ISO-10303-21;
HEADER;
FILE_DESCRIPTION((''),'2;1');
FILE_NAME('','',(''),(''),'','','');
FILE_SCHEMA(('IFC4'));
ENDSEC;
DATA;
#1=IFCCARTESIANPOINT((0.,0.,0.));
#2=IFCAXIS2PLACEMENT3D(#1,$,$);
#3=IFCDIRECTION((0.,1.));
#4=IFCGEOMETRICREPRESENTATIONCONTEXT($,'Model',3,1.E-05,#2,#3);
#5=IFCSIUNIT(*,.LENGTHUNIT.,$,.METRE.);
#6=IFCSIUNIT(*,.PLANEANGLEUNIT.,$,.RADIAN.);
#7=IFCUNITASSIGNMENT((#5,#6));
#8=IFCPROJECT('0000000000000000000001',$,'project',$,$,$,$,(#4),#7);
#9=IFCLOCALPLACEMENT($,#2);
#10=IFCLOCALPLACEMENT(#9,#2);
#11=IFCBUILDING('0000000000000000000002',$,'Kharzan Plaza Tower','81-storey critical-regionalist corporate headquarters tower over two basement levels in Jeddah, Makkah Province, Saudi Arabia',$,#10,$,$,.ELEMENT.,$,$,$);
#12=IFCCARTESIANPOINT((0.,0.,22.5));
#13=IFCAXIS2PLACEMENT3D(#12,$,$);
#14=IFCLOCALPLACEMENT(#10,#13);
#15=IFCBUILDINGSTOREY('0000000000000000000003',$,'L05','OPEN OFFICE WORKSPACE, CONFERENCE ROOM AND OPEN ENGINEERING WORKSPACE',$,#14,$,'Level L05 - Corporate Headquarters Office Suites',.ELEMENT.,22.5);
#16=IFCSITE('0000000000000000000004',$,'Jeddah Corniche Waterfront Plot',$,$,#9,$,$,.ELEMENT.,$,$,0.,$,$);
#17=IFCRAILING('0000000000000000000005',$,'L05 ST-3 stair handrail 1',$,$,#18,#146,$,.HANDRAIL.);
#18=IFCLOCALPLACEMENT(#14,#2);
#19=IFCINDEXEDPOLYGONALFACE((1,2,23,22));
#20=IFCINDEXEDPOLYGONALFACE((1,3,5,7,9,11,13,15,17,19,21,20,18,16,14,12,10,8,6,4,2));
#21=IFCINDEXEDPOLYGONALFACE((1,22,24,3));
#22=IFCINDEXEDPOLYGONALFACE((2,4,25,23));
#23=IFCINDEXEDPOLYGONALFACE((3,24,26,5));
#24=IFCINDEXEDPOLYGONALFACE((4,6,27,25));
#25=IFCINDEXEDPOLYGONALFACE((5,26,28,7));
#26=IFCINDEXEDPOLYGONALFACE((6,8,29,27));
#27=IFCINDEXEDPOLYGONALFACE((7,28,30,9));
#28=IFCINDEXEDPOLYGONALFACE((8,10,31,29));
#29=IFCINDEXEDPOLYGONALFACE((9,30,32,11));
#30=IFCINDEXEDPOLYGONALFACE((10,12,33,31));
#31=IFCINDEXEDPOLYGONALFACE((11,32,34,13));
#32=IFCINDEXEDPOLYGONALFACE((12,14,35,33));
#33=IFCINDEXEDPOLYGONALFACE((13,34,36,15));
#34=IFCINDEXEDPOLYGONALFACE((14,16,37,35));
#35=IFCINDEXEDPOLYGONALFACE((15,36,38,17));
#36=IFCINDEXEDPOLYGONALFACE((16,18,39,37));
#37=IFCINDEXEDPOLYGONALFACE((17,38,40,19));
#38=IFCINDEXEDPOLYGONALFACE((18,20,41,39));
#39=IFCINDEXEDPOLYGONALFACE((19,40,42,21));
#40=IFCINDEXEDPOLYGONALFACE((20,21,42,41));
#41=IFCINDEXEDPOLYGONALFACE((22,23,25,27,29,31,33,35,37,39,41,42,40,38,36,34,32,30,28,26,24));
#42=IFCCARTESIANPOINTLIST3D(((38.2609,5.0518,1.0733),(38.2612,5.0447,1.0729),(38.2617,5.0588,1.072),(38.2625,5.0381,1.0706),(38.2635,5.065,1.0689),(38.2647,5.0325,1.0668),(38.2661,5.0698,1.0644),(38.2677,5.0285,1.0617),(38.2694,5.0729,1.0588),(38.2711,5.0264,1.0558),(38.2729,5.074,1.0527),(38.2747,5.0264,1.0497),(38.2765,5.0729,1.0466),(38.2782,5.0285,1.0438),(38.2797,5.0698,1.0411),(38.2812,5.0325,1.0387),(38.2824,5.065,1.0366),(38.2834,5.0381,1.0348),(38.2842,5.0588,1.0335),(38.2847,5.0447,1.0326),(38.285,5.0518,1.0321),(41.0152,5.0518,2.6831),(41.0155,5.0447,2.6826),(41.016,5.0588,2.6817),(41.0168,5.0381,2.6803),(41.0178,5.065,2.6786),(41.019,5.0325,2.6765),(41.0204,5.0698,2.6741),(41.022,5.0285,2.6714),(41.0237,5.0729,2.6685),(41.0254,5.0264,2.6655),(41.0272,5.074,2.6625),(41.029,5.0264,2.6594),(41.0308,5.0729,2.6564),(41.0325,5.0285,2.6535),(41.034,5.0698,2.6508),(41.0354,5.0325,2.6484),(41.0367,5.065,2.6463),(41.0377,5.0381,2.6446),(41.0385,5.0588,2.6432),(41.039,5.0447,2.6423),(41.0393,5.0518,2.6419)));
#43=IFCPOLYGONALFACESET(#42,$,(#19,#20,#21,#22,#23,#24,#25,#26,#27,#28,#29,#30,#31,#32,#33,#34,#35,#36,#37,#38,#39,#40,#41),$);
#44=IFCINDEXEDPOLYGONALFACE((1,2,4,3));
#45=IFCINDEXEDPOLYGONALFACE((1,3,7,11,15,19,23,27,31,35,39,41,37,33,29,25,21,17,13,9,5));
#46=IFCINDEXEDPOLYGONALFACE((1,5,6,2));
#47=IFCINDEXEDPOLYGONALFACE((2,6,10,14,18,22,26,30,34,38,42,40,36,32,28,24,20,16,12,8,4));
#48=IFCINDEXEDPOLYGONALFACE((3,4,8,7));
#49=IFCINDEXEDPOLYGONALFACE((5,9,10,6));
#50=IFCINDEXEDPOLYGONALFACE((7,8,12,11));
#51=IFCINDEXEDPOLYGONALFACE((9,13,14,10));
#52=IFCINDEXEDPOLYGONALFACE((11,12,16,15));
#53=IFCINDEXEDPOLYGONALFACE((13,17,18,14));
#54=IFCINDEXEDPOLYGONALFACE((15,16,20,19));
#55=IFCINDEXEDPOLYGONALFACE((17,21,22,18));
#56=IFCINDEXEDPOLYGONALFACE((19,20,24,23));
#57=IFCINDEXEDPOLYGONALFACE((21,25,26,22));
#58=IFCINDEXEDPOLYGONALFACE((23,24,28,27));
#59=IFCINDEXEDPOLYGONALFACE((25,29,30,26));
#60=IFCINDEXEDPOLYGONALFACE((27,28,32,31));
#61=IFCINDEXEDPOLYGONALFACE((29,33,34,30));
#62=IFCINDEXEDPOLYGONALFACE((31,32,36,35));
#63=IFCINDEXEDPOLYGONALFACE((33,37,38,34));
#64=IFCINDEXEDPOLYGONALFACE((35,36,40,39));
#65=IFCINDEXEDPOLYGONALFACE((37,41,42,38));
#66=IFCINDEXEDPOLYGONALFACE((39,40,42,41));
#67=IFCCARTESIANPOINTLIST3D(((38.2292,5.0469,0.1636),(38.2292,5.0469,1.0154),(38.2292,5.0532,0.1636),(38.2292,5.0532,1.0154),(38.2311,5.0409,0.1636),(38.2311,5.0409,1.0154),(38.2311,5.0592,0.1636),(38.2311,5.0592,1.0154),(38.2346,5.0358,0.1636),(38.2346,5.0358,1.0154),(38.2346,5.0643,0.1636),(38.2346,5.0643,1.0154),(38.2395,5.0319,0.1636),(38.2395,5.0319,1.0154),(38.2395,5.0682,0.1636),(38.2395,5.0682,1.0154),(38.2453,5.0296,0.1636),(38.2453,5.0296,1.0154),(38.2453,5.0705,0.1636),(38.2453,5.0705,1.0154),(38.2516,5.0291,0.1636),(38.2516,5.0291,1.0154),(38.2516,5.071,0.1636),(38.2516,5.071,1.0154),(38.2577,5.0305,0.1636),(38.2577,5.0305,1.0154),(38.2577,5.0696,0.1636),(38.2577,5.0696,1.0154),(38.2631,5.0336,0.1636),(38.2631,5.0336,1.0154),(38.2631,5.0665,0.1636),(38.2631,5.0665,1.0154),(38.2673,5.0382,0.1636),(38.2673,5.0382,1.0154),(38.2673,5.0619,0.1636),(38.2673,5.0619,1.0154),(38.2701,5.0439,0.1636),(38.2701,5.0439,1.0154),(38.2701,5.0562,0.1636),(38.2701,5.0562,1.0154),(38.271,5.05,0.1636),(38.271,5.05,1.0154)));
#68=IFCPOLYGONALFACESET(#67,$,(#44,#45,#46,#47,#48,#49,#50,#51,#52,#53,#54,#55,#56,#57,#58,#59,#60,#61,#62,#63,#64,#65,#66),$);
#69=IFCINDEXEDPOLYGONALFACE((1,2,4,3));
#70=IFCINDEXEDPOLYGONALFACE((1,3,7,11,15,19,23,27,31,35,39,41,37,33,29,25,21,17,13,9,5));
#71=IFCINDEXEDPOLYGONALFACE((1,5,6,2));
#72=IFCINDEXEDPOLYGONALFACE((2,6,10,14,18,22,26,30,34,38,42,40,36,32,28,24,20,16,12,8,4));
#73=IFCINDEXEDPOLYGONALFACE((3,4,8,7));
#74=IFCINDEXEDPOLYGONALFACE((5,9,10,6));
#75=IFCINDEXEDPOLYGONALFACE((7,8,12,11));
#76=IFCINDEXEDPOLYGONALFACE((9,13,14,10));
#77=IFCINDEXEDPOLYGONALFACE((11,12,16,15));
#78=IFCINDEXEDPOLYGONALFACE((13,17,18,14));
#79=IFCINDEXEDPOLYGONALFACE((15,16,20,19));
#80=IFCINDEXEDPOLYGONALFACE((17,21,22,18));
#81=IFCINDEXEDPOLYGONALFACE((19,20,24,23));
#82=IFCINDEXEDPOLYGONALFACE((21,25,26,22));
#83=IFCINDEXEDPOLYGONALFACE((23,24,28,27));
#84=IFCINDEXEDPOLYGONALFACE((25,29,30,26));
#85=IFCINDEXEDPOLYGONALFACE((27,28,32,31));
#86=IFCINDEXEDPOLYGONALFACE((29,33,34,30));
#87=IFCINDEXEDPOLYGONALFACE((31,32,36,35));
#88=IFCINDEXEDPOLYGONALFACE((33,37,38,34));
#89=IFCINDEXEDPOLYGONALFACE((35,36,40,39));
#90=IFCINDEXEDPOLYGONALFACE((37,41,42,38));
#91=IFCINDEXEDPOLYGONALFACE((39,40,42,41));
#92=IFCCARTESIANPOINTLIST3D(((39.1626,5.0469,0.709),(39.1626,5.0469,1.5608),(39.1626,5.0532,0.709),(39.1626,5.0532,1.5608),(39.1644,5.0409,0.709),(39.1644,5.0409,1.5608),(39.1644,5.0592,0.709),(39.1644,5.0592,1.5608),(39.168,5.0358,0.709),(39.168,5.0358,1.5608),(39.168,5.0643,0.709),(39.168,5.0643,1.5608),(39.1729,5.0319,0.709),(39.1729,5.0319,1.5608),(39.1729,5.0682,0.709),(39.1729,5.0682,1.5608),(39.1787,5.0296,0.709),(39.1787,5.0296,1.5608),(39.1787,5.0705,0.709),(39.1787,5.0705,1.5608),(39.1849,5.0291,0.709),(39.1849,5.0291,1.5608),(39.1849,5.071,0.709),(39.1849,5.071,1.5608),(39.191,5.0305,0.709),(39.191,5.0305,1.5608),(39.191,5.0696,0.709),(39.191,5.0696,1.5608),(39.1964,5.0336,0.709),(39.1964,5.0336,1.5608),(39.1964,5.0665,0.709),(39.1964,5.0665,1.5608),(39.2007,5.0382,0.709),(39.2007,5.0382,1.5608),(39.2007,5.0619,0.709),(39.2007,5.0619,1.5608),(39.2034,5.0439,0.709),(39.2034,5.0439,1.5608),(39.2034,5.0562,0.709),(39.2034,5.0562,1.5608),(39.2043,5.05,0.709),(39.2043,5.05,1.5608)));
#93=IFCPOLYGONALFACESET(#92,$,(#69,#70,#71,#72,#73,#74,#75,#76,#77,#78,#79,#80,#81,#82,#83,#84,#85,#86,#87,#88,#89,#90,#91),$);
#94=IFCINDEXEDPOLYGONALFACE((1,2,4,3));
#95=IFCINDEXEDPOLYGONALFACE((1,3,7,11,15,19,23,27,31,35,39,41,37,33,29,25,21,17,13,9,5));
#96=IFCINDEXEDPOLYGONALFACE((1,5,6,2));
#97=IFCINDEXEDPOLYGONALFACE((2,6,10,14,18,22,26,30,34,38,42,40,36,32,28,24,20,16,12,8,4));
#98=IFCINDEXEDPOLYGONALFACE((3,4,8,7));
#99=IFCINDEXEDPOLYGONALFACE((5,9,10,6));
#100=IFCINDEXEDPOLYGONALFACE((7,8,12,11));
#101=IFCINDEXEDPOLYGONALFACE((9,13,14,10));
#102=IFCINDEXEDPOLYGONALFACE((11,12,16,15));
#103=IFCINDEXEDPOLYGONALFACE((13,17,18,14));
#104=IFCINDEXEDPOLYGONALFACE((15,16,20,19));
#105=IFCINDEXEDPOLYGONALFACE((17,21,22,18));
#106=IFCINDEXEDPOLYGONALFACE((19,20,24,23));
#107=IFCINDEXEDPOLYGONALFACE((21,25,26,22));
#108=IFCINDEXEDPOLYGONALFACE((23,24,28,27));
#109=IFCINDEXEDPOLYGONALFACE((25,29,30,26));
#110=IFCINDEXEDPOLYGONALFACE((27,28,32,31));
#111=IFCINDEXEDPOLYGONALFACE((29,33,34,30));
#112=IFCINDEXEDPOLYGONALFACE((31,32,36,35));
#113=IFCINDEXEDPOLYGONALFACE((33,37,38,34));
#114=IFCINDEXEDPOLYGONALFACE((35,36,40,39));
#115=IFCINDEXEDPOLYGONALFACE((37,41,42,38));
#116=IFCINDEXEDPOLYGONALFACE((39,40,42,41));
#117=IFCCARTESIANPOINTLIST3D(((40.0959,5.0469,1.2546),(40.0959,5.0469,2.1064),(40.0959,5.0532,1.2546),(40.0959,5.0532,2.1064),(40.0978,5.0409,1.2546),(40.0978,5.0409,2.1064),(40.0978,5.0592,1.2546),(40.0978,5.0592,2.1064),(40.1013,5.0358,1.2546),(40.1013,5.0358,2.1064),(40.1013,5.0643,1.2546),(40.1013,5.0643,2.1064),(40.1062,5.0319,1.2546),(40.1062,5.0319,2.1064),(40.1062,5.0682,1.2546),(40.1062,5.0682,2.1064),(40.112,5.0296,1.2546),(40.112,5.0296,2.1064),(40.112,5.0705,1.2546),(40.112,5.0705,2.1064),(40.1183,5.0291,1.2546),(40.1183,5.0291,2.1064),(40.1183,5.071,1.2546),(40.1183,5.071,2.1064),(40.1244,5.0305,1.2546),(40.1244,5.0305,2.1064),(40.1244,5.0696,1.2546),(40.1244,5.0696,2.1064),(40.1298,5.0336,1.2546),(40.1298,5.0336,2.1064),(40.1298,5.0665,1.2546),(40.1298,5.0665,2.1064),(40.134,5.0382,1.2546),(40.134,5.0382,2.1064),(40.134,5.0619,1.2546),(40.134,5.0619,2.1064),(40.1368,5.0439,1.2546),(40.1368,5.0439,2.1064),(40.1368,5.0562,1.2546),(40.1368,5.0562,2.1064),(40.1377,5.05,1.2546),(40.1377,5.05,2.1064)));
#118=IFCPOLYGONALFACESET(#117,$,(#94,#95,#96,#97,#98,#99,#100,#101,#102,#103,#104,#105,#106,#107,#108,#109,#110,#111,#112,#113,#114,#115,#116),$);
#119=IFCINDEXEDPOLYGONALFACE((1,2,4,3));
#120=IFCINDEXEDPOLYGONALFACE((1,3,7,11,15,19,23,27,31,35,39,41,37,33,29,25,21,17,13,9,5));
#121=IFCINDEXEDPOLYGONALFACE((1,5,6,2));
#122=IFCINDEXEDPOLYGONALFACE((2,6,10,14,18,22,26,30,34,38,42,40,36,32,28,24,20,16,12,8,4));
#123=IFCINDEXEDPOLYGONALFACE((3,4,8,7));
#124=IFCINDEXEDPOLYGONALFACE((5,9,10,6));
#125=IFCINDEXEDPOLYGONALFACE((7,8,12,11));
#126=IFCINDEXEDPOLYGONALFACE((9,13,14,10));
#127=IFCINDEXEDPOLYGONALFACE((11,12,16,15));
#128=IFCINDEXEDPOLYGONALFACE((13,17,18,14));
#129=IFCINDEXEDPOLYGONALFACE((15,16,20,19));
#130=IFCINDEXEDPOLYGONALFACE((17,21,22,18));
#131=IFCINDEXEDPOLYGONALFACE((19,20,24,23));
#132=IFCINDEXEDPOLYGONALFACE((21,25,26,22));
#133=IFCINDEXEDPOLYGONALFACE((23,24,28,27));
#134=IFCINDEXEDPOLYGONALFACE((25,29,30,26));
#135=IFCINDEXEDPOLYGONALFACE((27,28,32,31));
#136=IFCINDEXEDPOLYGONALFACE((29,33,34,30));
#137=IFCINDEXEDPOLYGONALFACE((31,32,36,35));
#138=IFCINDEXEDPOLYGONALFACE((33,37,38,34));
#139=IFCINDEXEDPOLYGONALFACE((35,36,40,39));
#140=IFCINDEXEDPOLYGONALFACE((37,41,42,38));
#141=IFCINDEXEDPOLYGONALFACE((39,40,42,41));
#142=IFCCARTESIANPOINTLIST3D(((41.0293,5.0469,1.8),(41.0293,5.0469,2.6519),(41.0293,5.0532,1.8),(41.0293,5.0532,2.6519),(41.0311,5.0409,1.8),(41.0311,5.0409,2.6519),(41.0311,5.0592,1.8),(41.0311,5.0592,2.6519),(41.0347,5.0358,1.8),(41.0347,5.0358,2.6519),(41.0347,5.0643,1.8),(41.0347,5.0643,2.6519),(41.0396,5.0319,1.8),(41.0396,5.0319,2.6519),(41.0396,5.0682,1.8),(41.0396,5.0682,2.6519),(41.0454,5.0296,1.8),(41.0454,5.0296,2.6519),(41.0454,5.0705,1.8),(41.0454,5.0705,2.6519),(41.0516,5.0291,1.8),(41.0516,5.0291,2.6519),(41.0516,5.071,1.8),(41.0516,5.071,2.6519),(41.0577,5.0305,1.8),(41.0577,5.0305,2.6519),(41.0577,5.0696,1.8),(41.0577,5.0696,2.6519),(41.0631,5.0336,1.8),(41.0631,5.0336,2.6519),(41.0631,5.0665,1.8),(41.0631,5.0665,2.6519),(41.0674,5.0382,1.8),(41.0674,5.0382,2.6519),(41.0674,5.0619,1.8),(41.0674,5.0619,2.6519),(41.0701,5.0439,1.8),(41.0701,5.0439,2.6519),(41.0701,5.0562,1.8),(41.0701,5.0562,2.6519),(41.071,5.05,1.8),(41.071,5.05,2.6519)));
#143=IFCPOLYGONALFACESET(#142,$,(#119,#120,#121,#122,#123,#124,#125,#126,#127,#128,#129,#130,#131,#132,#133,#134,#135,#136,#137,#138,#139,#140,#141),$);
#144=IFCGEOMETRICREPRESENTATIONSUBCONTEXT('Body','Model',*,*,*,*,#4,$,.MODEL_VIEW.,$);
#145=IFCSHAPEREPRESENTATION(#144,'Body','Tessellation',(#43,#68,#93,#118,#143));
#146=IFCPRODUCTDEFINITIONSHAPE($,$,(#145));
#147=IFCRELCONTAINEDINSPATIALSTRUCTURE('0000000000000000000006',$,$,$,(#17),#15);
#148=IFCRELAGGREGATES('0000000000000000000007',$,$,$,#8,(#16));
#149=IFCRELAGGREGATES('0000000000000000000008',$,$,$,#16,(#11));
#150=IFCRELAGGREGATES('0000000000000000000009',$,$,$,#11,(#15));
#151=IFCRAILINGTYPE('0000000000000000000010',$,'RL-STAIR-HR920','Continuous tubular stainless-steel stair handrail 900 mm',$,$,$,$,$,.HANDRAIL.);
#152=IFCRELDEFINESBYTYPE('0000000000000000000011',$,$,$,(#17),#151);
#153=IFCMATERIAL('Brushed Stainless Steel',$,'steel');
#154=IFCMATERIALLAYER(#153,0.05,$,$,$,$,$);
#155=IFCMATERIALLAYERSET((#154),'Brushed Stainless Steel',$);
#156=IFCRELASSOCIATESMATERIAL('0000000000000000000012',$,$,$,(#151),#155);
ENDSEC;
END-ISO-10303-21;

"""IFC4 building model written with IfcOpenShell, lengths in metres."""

from ifc_helpers import new_model, si_unit, direction, frame, origin, origin_2d, place, context, subcontext, project, spatial, circle, extrude, source, transform, mapped, material, layer, layer_set, type_object, element, save


model = new_model("IFC4")

# Units and contexts
model_context = context("Model", 3, precision=1e-05, world=origin(), true_north=direction((0.0, 1.0)))
body_context = subcontext(model_context, "Body", "Model", "MODEL_VIEW")
ifc_project = project(units=[si_unit("LENGTHUNIT", "METRE"), si_unit("PLANEANGLEUNIT", "RADIAN")], contexts=[model_context])

# Site, building, storey
site_placement = place(None, origin())
site = spatial("IfcSite", under=ifc_project, at=site_placement, Name="Jeddah Corniche Waterfront Plot", CompositionType="ELEMENT", RefElevation=0.0)
building_placement = place(site_placement, origin())
building = spatial("IfcBuilding", under=site, at=building_placement, Name="Kharzan Plaza Tower", Description="81-storey critical-regionalist corporate headquarters tower over two basement levels in Jeddah, Makkah Province, Saudi Arabia", CompositionType="ELEMENT")
storey_placement = place(building_placement, frame((0.0, 0.0, 22.5)))
storey = spatial("IfcBuildingStorey", under=building, at=storey_placement, Name="L05", Description="OPEN OFFICE WORKSPACE, CONFERENCE ROOM AND OPEN ENGINEERING WORKSPACE", LongName="Level L05 - Corporate Headquarters Office Suites", CompositionType="ELEMENT", Elevation=22.5)

# Shared definitions
ifc_material_1 = material(Name="Brushed Stainless Steel", Category="steel")

# Railing
ifc_layer_1 = layer(ifc_material_1, 0.05)
ifc_layer_set_1 = layer_set([ifc_layer_1], Name="Brushed Stainless Steel")
railing_type_1 = type_object("IfcRailingType", Name="RL-STAIR-HR920", Description="Continuous tubular stainless-steel stair handrail 900 mm", PredefinedType="HANDRAIL", material=ifc_layer_set_1)
shared_shape_1 = source(origin(), body_context, "Body", "SweptSolid", [
    extrude(circle(Radius=0.0239, at=origin_2d()), frame((0.0229, 0.0, 0.8892), z_axis=(0.863361, 0.0, 0.504587), x_axis=(0.0, 1.0, 0.0)), (0.0, 0.0, 1.0), 3.1902),
    extrude(circle(Radius=0.021, at=origin_2d()), origin(), (0.0, 0.0, 1.0), 0.8518),
    extrude(circle(Radius=0.021, at=origin_2d()), frame((0.9333, 0.0, 0.5454)), (0.0, 0.0, 1.0), 0.8518),
    extrude(circle(Radius=0.021, at=origin_2d()), frame((1.8667, 0.0, 1.0911)), (0.0, 0.0, 1.0), 0.8518),
    extrude(circle(Radius=0.021, at=origin_2d()), frame((2.8, 0.0, 1.6365)), (0.0, 0.0, 1.0), 0.8518),
])
railing_1_placement = place(storey_placement, frame((38.25, 5.05, 0.1636)))
element("IfcRailing", 1, at=railing_1_placement, inside=storey, type_object=railing_type_1, Name="L05 ST-3 stair handrail 1", PredefinedType="HANDRAIL", context=body_context, shape_type="MappedRepresentation", body=[
    mapped(shared_shape_1, transform((0.0, 0.0, 0.0), x_axis=(1.0, 0.0, 0.0), y_axis=(0.0, 1.0, 0.0), z_axis=(0.0, 0.0, 1.0))),
])

save(model, "model.ifc")
